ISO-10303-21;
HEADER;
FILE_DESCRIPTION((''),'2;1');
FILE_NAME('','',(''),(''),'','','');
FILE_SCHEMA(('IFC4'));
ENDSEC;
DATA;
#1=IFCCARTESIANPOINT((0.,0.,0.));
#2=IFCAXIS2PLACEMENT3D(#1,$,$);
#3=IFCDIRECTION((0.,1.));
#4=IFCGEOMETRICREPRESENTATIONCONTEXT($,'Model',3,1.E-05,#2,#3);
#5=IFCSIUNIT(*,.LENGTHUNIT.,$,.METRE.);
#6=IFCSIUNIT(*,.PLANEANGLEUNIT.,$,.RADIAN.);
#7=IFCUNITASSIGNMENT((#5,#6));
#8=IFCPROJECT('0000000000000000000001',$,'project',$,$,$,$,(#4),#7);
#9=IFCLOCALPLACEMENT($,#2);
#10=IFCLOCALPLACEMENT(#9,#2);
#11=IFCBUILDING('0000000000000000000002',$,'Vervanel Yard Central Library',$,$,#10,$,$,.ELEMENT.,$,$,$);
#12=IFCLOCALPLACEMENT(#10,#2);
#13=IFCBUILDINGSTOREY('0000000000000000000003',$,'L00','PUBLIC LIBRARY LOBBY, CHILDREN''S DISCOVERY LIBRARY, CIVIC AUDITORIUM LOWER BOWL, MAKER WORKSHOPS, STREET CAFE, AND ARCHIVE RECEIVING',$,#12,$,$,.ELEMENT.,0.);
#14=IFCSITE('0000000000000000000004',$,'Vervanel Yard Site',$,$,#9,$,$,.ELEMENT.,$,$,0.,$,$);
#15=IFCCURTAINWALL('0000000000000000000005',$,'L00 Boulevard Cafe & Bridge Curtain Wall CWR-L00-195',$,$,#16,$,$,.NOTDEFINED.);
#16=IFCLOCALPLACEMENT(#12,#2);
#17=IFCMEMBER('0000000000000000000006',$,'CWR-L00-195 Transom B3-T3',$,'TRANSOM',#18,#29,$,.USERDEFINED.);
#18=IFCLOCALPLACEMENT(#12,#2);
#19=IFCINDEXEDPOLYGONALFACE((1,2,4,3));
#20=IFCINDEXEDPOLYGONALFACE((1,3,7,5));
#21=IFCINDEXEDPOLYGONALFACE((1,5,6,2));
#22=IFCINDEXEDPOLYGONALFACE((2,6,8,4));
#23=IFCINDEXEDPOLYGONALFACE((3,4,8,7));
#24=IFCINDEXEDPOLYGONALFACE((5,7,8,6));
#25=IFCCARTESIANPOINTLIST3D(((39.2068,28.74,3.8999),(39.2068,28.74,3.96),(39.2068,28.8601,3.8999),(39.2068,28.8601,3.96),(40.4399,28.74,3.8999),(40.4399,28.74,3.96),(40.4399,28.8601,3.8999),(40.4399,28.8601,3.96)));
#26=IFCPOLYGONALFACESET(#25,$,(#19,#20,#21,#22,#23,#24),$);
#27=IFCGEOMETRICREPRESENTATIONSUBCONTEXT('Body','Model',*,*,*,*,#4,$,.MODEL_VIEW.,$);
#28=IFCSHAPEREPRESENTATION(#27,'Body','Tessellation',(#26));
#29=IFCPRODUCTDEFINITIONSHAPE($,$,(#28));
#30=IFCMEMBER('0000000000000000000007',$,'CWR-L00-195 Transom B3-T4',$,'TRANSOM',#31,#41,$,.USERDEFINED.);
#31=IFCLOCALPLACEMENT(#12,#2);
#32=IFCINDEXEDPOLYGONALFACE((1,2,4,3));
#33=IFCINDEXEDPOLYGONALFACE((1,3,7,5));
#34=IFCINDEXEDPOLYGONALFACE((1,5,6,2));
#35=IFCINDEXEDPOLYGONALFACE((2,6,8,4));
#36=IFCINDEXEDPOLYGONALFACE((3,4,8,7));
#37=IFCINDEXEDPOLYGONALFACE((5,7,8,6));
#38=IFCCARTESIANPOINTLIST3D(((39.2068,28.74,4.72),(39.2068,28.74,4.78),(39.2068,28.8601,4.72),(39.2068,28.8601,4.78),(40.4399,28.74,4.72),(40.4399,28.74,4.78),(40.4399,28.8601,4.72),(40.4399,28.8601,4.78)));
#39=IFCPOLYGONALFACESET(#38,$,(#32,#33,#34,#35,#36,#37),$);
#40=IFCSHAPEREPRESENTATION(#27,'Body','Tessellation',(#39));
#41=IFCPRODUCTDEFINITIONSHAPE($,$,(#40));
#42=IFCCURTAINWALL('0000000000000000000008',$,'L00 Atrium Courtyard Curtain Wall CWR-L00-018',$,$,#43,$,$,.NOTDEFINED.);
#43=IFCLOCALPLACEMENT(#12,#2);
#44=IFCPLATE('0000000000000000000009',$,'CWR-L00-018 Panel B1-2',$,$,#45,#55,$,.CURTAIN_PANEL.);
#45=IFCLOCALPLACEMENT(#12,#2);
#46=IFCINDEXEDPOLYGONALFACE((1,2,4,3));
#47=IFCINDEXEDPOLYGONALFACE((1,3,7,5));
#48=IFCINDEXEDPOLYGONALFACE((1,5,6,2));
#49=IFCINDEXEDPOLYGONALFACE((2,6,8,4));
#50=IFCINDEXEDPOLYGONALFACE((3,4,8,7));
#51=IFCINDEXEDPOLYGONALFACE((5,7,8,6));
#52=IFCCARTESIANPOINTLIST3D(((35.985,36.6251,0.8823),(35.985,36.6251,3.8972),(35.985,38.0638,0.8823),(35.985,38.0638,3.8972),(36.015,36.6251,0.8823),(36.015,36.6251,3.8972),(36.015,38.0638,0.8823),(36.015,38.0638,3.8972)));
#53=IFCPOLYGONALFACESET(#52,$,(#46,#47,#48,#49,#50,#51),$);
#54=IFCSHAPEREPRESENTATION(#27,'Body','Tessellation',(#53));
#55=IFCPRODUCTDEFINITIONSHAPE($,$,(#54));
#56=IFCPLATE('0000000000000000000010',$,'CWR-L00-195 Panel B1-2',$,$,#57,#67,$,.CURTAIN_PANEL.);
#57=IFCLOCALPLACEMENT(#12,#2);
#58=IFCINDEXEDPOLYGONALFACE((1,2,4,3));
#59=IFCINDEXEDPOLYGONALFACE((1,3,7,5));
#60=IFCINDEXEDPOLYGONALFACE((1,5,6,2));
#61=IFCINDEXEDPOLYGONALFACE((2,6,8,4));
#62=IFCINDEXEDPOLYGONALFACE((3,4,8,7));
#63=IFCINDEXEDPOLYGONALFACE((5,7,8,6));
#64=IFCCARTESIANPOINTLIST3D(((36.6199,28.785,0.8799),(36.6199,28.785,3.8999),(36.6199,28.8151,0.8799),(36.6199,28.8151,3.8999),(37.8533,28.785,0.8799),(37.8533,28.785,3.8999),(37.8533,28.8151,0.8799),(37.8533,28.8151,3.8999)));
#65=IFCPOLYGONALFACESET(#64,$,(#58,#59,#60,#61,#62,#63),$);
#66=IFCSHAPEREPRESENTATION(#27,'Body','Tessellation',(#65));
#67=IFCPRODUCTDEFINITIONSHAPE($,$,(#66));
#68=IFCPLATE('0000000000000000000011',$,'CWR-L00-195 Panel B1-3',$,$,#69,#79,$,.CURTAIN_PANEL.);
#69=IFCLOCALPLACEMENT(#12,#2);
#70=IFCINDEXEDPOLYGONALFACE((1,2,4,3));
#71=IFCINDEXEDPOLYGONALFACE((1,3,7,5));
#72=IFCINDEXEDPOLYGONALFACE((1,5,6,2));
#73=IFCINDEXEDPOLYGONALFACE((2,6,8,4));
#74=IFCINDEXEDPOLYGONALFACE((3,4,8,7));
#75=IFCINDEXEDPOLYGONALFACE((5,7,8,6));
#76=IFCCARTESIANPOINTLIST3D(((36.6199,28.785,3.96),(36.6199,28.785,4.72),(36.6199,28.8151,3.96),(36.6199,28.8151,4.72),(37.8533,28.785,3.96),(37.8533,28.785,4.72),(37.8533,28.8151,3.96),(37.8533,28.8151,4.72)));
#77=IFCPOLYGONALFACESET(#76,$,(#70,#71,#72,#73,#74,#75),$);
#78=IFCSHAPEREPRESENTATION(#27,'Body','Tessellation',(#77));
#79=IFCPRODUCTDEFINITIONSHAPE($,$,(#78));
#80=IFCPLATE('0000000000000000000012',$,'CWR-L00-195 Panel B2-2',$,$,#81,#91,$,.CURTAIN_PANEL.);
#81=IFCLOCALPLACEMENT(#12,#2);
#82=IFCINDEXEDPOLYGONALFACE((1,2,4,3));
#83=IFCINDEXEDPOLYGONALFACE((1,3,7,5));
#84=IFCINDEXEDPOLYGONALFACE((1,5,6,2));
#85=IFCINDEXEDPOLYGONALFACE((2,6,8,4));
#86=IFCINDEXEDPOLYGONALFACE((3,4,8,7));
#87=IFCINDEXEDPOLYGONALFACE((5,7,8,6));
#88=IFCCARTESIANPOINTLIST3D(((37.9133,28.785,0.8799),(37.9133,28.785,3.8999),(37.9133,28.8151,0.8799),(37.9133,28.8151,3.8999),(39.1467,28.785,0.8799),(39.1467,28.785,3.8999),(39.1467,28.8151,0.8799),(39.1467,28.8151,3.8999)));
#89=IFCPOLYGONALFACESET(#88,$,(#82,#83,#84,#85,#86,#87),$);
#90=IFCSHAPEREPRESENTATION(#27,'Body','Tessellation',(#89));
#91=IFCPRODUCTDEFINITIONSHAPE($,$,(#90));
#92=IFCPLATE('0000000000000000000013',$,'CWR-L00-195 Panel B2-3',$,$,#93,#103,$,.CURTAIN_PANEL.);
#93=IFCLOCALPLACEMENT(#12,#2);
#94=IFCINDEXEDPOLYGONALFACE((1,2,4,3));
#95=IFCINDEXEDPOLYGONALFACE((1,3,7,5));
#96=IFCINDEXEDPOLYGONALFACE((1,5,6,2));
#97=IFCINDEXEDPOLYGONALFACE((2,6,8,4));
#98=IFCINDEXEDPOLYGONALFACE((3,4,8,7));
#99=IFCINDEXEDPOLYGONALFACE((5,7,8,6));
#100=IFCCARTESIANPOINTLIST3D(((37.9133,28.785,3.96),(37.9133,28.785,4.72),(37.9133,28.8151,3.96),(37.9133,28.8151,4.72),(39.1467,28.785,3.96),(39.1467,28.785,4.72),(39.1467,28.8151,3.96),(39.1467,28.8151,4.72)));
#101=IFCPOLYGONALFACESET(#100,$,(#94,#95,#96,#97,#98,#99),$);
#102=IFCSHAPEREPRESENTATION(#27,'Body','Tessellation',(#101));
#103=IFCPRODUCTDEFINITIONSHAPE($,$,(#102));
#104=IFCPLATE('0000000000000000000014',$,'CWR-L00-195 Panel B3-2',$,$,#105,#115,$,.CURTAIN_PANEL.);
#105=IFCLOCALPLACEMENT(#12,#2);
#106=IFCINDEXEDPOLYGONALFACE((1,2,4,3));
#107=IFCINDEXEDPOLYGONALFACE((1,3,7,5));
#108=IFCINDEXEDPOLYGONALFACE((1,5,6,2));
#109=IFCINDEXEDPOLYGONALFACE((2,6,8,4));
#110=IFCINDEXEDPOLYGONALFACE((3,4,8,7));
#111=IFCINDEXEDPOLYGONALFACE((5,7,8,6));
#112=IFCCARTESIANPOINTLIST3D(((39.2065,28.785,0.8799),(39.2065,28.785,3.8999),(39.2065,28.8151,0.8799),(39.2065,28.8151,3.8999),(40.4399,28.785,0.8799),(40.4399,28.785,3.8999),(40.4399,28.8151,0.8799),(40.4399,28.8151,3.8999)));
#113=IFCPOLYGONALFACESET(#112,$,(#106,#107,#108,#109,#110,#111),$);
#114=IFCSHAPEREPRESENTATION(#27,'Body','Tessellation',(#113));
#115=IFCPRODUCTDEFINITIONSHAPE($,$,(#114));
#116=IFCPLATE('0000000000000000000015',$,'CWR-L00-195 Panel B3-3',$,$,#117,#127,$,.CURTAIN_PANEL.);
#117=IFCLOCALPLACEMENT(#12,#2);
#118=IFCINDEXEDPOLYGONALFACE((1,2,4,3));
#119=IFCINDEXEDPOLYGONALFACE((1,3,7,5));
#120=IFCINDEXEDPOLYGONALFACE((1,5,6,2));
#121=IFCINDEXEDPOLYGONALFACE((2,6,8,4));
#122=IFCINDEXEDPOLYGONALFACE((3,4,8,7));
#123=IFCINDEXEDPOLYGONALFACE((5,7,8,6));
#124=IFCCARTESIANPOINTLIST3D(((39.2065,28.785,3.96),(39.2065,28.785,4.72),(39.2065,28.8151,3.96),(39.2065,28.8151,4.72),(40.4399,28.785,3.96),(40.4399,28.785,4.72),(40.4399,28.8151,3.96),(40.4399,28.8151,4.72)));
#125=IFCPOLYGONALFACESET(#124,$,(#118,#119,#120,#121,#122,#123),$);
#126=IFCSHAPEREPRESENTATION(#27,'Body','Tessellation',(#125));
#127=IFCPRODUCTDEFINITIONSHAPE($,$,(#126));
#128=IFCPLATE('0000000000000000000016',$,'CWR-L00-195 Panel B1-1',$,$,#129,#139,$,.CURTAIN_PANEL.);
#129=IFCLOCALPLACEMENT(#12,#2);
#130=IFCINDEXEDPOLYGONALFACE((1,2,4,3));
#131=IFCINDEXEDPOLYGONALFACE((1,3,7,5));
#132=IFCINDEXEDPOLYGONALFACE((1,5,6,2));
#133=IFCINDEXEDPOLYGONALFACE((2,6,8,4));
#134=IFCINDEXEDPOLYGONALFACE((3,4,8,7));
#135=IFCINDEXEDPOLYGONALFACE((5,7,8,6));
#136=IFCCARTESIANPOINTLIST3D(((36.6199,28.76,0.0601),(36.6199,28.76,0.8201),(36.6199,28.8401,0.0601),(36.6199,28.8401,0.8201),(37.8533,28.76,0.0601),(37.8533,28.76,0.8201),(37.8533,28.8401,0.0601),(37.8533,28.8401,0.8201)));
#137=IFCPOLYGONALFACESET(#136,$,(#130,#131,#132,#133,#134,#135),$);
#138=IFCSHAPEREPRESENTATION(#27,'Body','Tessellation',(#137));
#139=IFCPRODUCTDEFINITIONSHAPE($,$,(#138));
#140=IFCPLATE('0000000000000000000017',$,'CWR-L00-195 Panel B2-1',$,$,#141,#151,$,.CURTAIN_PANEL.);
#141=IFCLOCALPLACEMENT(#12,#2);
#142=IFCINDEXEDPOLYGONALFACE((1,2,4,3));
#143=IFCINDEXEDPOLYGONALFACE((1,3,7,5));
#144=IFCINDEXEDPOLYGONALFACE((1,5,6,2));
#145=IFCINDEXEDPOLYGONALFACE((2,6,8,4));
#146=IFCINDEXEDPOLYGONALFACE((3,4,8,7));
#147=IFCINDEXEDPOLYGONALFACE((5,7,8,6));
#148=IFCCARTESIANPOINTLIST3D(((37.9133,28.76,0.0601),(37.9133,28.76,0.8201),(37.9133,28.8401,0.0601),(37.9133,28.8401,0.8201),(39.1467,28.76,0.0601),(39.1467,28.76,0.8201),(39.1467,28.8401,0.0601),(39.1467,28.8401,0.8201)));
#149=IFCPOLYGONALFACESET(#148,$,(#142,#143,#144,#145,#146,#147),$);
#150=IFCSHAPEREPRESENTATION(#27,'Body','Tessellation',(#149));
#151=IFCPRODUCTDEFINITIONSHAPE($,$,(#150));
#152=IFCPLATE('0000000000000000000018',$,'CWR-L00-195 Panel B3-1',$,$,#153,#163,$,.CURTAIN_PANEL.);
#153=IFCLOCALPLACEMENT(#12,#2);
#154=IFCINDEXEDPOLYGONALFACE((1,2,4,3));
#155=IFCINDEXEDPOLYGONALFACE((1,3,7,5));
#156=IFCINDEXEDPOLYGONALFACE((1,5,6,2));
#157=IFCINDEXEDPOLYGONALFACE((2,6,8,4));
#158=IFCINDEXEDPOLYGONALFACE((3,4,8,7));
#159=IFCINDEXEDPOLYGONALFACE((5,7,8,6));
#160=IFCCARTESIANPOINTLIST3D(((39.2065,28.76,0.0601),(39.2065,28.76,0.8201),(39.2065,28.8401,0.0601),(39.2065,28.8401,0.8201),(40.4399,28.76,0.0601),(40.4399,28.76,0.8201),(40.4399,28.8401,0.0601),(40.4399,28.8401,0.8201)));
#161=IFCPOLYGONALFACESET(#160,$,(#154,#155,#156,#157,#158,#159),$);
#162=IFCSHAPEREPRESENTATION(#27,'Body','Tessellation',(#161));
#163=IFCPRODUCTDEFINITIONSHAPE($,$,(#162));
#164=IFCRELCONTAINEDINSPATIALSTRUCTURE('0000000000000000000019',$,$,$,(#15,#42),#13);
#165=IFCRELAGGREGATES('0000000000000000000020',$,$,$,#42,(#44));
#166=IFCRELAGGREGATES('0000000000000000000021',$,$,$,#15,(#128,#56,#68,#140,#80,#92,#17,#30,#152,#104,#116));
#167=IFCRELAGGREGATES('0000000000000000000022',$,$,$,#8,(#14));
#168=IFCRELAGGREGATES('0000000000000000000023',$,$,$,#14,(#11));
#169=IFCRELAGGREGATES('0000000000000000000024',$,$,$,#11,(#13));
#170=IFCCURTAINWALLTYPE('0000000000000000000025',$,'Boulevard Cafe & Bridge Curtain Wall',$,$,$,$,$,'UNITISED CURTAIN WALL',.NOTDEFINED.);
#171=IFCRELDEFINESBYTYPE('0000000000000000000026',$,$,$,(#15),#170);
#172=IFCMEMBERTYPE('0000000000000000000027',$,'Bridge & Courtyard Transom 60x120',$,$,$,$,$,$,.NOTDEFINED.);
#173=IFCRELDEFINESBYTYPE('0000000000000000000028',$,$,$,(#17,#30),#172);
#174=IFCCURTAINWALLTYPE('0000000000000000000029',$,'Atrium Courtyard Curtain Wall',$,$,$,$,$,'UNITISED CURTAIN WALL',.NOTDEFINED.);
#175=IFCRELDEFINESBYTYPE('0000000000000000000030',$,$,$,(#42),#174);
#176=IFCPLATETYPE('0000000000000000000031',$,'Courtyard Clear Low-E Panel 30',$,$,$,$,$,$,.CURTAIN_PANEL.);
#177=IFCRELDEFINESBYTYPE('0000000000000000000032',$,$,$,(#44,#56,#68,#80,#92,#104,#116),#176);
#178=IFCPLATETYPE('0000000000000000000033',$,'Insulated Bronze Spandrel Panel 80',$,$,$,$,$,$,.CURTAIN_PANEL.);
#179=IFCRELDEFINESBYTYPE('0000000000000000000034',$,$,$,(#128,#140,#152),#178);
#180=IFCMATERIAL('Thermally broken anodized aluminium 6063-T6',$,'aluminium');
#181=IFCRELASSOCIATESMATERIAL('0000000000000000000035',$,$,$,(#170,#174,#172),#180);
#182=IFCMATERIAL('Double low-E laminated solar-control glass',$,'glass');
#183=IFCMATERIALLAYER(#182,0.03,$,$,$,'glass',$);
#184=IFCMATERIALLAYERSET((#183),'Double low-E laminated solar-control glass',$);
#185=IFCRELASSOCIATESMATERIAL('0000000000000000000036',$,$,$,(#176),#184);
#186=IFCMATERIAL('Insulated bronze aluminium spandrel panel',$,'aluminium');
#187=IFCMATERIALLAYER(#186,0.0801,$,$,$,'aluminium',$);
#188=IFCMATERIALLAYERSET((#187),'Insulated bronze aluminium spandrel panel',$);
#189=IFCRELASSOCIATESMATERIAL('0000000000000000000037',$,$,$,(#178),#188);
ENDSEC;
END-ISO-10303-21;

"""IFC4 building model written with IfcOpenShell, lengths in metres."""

from ifc_helpers import new_model, si_unit, direction, frame, origin, origin_2d, place, context, subcontext, project, spatial, rectangle, extrude, material, layer, layer_set, material_profile, profile_set, type_object, element, aggregate, save


model = new_model("IFC4")

# Units and contexts
model_context = context("Model", 3, precision=1e-05, world=origin(), true_north=direction((0.0, 1.0)))
body_context = subcontext(model_context, "Body", "Model", "MODEL_VIEW")
ifc_project = project(units=[si_unit("LENGTHUNIT", "METRE"), si_unit("PLANEANGLEUNIT", "RADIAN")], contexts=[model_context])

# Site, building, storey
site_placement = place(None, origin())
site = spatial("IfcSite", under=ifc_project, at=site_placement, Name="Vervanel Yard Site", CompositionType="ELEMENT", RefElevation=0.0)
building_placement = place(site_placement, origin())
building = spatial("IfcBuilding", under=site, at=building_placement, Name="Vervanel Yard Central Library", CompositionType="ELEMENT")
storey_placement = place(building_placement, origin())
storey = spatial("IfcBuildingStorey", under=building, at=storey_placement, Name="L00", Description="PUBLIC LIBRARY LOBBY, CHILDREN'S DISCOVERY LIBRARY, CIVIC AUDITORIUM LOWER BOWL, MAKER WORKSHOPS, STREET CAFE, AND ARCHIVE RECEIVING", CompositionType="ELEMENT", Elevation=0.0)

# Curtain wall, members
ifc_material_1 = material(Name="Thermally broken anodized aluminium 6063-T6", Category="aluminium")
curtain_wall_type_1 = type_object("IfcCurtainWallType", Name="Boulevard Cafe & Bridge Curtain Wall", ElementType="UNITISED CURTAIN WALL", PredefinedType="NOTDEFINED", material=ifc_material_1)
curtain_wall_1_placement = place(storey_placement, origin())
curtain_wall_1 = element("IfcCurtainWall", 1, at=curtain_wall_1_placement, inside=storey, type_object=curtain_wall_type_1, Name="L00 Boulevard Cafe & Bridge Curtain Wall CWR-L00-195", PredefinedType="NOTDEFINED")
ifc_material_profile_1 = material_profile(ifc_material_1, rectangle(XDim=0.0601, YDim=0.1201, at=origin_2d()), Name="ALU 60x120", Category="aluminium")
ifc_profile_set_1 = profile_set([ifc_material_profile_1], Name="Thermally broken anodized aluminium 6063-T6")
member_type_1 = type_object("IfcMemberType", Name="Bridge & Courtyard Transom 60x120", PredefinedType="NOTDEFINED", material=ifc_profile_set_1)
member_1_placement = place(storey_placement, frame((39.2068, 28.8, 3.9299), z_axis=(1.0, 0.0, 0.0), x_axis=(0.0, 0.0, 1.0)))
member_1 = element("IfcMember", 2, at=member_1_placement, type_object=member_type_1, Name="CWR-L00-195 Transom B3-T3", ObjectType="TRANSOM", PredefinedType="USERDEFINED", context=body_context, shape_type="SweptSolid", body=[
    extrude(rectangle(XDim=0.0601, YDim=0.1201, at=origin_2d()), origin(), (0.0, 0.0, 1.0), 1.2332),
])
member_2_placement = place(storey_placement, frame((39.2068, 28.8, 4.75), z_axis=(1.0, 0.0, 0.0), x_axis=(0.0, 0.0, 1.0)))
member_2 = element("IfcMember", 3, at=member_2_placement, type_object=member_type_1, Name="CWR-L00-195 Transom B3-T4", ObjectType="TRANSOM", PredefinedType="USERDEFINED", context=body_context, shape_type="SweptSolid", body=[
    extrude(rectangle(XDim=0.0601, YDim=0.1201, at=origin_2d()), origin(), (0.0, 0.0, 1.0), 1.2332),
])

# Curtain wall, plate
curtain_wall_type_2 = type_object("IfcCurtainWallType", Name="Atrium Courtyard Curtain Wall", ElementType="UNITISED CURTAIN WALL", PredefinedType="NOTDEFINED", material=ifc_material_1)
curtain_wall_2_placement = place(storey_placement, origin())
curtain_wall_2 = element("IfcCurtainWall", 4, at=curtain_wall_2_placement, inside=storey, type_object=curtain_wall_type_2, Name="L00 Atrium Courtyard Curtain Wall CWR-L00-018", PredefinedType="NOTDEFINED")
ifc_material_2 = material(Name="Double low-E laminated solar-control glass", Category="glass")
ifc_layer_1 = layer(ifc_material_2, 0.03, Category="glass")
ifc_layer_set_1 = layer_set([ifc_layer_1], Name="Double low-E laminated solar-control glass")
plate_type_1 = type_object("IfcPlateType", Name="Courtyard Clear Low-E Panel 30", PredefinedType="CURTAIN_PANEL", material=ifc_layer_set_1)
plate_1_placement = place(storey_placement, frame((36.0, 37.3445, 0.8823), z_axis=(0.0, 0.0, 1.0), x_axis=(0.0, 1.0, 0.0)))
plate_1 = element("IfcPlate", 5, at=plate_1_placement, type_object=plate_type_1, Name="CWR-L00-018 Panel B1-2", PredefinedType="CURTAIN_PANEL", context=body_context, shape_type="SweptSolid", body=[
    extrude(rectangle(XDim=1.4387, YDim=0.03, at=origin_2d()), origin(), (0.0, 0.0, 1.0), 3.0149),
])
aggregate(curtain_wall_2, [plate_1])

# Plates
plate_2_placement = place(storey_placement, frame((37.2366, 28.8, 0.8799), z_axis=(0.0, 0.0, 1.0), x_axis=(1.0, 0.0, 0.0)))
plate_2 = element("IfcPlate", 6, at=plate_2_placement, type_object=plate_type_1, Name="CWR-L00-195 Panel B1-2", PredefinedType="CURTAIN_PANEL", context=body_context, shape_type="SweptSolid", body=[
    extrude(rectangle(XDim=1.2334, YDim=0.03, at=origin_2d()), origin(), (0.0, 0.0, 1.0), 3.02),
])
plate_3_placement = place(storey_placement, frame((37.2366, 28.8, 3.96), z_axis=(0.0, 0.0, 1.0), x_axis=(1.0, 0.0, 0.0)))
plate_3 = element("IfcPlate", 7, at=plate_3_placement, type_object=plate_type_1, Name="CWR-L00-195 Panel B1-3", PredefinedType="CURTAIN_PANEL", context=body_context, shape_type="SweptSolid", body=[
    extrude(rectangle(XDim=1.2334, YDim=0.03, at=origin_2d()), origin(), (0.0, 0.0, 1.0), 0.76),
])
plate_4_placement = place(storey_placement, frame((38.53, 28.8, 0.8799), z_axis=(0.0, 0.0, 1.0), x_axis=(1.0, 0.0, 0.0)))
plate_4 = element("IfcPlate", 8, at=plate_4_placement, type_object=plate_type_1, Name="CWR-L00-195 Panel B2-2", PredefinedType="CURTAIN_PANEL", context=body_context, shape_type="SweptSolid", body=[
    extrude(rectangle(XDim=1.2334, YDim=0.03, at=origin_2d()), origin(), (0.0, 0.0, 1.0), 3.02),
])
plate_5_placement = place(storey_placement, frame((38.53, 28.8, 3.96), z_axis=(0.0, 0.0, 1.0), x_axis=(1.0, 0.0, 0.0)))
plate_5 = element("IfcPlate", 9, at=plate_5_placement, type_object=plate_type_1, Name="CWR-L00-195 Panel B2-3", PredefinedType="CURTAIN_PANEL", context=body_context, shape_type="SweptSolid", body=[
    extrude(rectangle(XDim=1.2334, YDim=0.03, at=origin_2d()), origin(), (0.0, 0.0, 1.0), 0.76),
])
plate_6_placement = place(storey_placement, frame((39.8232, 28.8, 0.8799), z_axis=(0.0, 0.0, 1.0), x_axis=(1.0, 0.0, 0.0)))
plate_6 = element("IfcPlate", 10, at=plate_6_placement, type_object=plate_type_1, Name="CWR-L00-195 Panel B3-2", PredefinedType="CURTAIN_PANEL", context=body_context, shape_type="SweptSolid", body=[
    extrude(rectangle(XDim=1.2334, YDim=0.03, at=origin_2d()), origin(), (0.0, 0.0, 1.0), 3.02),
])
plate_7_placement = place(storey_placement, frame((39.8232, 28.8, 3.96), z_axis=(0.0, 0.0, 1.0), x_axis=(1.0, 0.0, 0.0)))
plate_7 = element("IfcPlate", 11, at=plate_7_placement, type_object=plate_type_1, Name="CWR-L00-195 Panel B3-3", PredefinedType="CURTAIN_PANEL", context=body_context, shape_type="SweptSolid", body=[
    extrude(rectangle(XDim=1.2334, YDim=0.03, at=origin_2d()), origin(), (0.0, 0.0, 1.0), 0.76),
])
ifc_material_3 = material(Name="Insulated bronze aluminium spandrel panel", Category="aluminium")
ifc_layer_2 = layer(ifc_material_3, 0.0801, Category="aluminium")
ifc_layer_set_2 = layer_set([ifc_layer_2], Name="Insulated bronze aluminium spandrel panel")
plate_type_2 = type_object("IfcPlateType", Name="Insulated Bronze Spandrel Panel 80", PredefinedType="CURTAIN_PANEL", material=ifc_layer_set_2)
plate_8_placement = place(storey_placement, frame((37.2366, 28.8, 0.0601), z_axis=(0.0, 0.0, 1.0), x_axis=(1.0, 0.0, 0.0)))
plate_8 = element("IfcPlate", 12, at=plate_8_placement, type_object=plate_type_2, Name="CWR-L00-195 Panel B1-1", PredefinedType="CURTAIN_PANEL", context=body_context, shape_type="SweptSolid", body=[
    extrude(rectangle(XDim=1.2334, YDim=0.0801, at=origin_2d()), origin(), (0.0, 0.0, 1.0), 0.76),
])
plate_9_placement = place(storey_placement, frame((38.53, 28.8, 0.0601), z_axis=(0.0, 0.0, 1.0), x_axis=(1.0, 0.0, 0.0)))
plate_9 = element("IfcPlate", 13, at=plate_9_placement, type_object=plate_type_2, Name="CWR-L00-195 Panel B2-1", PredefinedType="CURTAIN_PANEL", context=body_context, shape_type="SweptSolid", body=[
    extrude(rectangle(XDim=1.2334, YDim=0.0801, at=origin_2d()), origin(), (0.0, 0.0, 1.0), 0.76),
])
plate_10_placement = place(storey_placement, frame((39.8232, 28.8, 0.0601), z_axis=(0.0, 0.0, 1.0), x_axis=(1.0, 0.0, 0.0)))
plate_10 = element("IfcPlate", 14, at=plate_10_placement, type_object=plate_type_2, Name="CWR-L00-195 Panel B3-1", PredefinedType="CURTAIN_PANEL", context=body_context, shape_type="SweptSolid", body=[
    extrude(rectangle(XDim=1.2334, YDim=0.0801, at=origin_2d()), origin(), (0.0, 0.0, 1.0), 0.76),
])
aggregate(curtain_wall_1, [plate_8, plate_2, plate_3, plate_9, plate_4, plate_5, member_1, member_2, plate_10, plate_6, plate_7])

save(model, "model.ifc")
